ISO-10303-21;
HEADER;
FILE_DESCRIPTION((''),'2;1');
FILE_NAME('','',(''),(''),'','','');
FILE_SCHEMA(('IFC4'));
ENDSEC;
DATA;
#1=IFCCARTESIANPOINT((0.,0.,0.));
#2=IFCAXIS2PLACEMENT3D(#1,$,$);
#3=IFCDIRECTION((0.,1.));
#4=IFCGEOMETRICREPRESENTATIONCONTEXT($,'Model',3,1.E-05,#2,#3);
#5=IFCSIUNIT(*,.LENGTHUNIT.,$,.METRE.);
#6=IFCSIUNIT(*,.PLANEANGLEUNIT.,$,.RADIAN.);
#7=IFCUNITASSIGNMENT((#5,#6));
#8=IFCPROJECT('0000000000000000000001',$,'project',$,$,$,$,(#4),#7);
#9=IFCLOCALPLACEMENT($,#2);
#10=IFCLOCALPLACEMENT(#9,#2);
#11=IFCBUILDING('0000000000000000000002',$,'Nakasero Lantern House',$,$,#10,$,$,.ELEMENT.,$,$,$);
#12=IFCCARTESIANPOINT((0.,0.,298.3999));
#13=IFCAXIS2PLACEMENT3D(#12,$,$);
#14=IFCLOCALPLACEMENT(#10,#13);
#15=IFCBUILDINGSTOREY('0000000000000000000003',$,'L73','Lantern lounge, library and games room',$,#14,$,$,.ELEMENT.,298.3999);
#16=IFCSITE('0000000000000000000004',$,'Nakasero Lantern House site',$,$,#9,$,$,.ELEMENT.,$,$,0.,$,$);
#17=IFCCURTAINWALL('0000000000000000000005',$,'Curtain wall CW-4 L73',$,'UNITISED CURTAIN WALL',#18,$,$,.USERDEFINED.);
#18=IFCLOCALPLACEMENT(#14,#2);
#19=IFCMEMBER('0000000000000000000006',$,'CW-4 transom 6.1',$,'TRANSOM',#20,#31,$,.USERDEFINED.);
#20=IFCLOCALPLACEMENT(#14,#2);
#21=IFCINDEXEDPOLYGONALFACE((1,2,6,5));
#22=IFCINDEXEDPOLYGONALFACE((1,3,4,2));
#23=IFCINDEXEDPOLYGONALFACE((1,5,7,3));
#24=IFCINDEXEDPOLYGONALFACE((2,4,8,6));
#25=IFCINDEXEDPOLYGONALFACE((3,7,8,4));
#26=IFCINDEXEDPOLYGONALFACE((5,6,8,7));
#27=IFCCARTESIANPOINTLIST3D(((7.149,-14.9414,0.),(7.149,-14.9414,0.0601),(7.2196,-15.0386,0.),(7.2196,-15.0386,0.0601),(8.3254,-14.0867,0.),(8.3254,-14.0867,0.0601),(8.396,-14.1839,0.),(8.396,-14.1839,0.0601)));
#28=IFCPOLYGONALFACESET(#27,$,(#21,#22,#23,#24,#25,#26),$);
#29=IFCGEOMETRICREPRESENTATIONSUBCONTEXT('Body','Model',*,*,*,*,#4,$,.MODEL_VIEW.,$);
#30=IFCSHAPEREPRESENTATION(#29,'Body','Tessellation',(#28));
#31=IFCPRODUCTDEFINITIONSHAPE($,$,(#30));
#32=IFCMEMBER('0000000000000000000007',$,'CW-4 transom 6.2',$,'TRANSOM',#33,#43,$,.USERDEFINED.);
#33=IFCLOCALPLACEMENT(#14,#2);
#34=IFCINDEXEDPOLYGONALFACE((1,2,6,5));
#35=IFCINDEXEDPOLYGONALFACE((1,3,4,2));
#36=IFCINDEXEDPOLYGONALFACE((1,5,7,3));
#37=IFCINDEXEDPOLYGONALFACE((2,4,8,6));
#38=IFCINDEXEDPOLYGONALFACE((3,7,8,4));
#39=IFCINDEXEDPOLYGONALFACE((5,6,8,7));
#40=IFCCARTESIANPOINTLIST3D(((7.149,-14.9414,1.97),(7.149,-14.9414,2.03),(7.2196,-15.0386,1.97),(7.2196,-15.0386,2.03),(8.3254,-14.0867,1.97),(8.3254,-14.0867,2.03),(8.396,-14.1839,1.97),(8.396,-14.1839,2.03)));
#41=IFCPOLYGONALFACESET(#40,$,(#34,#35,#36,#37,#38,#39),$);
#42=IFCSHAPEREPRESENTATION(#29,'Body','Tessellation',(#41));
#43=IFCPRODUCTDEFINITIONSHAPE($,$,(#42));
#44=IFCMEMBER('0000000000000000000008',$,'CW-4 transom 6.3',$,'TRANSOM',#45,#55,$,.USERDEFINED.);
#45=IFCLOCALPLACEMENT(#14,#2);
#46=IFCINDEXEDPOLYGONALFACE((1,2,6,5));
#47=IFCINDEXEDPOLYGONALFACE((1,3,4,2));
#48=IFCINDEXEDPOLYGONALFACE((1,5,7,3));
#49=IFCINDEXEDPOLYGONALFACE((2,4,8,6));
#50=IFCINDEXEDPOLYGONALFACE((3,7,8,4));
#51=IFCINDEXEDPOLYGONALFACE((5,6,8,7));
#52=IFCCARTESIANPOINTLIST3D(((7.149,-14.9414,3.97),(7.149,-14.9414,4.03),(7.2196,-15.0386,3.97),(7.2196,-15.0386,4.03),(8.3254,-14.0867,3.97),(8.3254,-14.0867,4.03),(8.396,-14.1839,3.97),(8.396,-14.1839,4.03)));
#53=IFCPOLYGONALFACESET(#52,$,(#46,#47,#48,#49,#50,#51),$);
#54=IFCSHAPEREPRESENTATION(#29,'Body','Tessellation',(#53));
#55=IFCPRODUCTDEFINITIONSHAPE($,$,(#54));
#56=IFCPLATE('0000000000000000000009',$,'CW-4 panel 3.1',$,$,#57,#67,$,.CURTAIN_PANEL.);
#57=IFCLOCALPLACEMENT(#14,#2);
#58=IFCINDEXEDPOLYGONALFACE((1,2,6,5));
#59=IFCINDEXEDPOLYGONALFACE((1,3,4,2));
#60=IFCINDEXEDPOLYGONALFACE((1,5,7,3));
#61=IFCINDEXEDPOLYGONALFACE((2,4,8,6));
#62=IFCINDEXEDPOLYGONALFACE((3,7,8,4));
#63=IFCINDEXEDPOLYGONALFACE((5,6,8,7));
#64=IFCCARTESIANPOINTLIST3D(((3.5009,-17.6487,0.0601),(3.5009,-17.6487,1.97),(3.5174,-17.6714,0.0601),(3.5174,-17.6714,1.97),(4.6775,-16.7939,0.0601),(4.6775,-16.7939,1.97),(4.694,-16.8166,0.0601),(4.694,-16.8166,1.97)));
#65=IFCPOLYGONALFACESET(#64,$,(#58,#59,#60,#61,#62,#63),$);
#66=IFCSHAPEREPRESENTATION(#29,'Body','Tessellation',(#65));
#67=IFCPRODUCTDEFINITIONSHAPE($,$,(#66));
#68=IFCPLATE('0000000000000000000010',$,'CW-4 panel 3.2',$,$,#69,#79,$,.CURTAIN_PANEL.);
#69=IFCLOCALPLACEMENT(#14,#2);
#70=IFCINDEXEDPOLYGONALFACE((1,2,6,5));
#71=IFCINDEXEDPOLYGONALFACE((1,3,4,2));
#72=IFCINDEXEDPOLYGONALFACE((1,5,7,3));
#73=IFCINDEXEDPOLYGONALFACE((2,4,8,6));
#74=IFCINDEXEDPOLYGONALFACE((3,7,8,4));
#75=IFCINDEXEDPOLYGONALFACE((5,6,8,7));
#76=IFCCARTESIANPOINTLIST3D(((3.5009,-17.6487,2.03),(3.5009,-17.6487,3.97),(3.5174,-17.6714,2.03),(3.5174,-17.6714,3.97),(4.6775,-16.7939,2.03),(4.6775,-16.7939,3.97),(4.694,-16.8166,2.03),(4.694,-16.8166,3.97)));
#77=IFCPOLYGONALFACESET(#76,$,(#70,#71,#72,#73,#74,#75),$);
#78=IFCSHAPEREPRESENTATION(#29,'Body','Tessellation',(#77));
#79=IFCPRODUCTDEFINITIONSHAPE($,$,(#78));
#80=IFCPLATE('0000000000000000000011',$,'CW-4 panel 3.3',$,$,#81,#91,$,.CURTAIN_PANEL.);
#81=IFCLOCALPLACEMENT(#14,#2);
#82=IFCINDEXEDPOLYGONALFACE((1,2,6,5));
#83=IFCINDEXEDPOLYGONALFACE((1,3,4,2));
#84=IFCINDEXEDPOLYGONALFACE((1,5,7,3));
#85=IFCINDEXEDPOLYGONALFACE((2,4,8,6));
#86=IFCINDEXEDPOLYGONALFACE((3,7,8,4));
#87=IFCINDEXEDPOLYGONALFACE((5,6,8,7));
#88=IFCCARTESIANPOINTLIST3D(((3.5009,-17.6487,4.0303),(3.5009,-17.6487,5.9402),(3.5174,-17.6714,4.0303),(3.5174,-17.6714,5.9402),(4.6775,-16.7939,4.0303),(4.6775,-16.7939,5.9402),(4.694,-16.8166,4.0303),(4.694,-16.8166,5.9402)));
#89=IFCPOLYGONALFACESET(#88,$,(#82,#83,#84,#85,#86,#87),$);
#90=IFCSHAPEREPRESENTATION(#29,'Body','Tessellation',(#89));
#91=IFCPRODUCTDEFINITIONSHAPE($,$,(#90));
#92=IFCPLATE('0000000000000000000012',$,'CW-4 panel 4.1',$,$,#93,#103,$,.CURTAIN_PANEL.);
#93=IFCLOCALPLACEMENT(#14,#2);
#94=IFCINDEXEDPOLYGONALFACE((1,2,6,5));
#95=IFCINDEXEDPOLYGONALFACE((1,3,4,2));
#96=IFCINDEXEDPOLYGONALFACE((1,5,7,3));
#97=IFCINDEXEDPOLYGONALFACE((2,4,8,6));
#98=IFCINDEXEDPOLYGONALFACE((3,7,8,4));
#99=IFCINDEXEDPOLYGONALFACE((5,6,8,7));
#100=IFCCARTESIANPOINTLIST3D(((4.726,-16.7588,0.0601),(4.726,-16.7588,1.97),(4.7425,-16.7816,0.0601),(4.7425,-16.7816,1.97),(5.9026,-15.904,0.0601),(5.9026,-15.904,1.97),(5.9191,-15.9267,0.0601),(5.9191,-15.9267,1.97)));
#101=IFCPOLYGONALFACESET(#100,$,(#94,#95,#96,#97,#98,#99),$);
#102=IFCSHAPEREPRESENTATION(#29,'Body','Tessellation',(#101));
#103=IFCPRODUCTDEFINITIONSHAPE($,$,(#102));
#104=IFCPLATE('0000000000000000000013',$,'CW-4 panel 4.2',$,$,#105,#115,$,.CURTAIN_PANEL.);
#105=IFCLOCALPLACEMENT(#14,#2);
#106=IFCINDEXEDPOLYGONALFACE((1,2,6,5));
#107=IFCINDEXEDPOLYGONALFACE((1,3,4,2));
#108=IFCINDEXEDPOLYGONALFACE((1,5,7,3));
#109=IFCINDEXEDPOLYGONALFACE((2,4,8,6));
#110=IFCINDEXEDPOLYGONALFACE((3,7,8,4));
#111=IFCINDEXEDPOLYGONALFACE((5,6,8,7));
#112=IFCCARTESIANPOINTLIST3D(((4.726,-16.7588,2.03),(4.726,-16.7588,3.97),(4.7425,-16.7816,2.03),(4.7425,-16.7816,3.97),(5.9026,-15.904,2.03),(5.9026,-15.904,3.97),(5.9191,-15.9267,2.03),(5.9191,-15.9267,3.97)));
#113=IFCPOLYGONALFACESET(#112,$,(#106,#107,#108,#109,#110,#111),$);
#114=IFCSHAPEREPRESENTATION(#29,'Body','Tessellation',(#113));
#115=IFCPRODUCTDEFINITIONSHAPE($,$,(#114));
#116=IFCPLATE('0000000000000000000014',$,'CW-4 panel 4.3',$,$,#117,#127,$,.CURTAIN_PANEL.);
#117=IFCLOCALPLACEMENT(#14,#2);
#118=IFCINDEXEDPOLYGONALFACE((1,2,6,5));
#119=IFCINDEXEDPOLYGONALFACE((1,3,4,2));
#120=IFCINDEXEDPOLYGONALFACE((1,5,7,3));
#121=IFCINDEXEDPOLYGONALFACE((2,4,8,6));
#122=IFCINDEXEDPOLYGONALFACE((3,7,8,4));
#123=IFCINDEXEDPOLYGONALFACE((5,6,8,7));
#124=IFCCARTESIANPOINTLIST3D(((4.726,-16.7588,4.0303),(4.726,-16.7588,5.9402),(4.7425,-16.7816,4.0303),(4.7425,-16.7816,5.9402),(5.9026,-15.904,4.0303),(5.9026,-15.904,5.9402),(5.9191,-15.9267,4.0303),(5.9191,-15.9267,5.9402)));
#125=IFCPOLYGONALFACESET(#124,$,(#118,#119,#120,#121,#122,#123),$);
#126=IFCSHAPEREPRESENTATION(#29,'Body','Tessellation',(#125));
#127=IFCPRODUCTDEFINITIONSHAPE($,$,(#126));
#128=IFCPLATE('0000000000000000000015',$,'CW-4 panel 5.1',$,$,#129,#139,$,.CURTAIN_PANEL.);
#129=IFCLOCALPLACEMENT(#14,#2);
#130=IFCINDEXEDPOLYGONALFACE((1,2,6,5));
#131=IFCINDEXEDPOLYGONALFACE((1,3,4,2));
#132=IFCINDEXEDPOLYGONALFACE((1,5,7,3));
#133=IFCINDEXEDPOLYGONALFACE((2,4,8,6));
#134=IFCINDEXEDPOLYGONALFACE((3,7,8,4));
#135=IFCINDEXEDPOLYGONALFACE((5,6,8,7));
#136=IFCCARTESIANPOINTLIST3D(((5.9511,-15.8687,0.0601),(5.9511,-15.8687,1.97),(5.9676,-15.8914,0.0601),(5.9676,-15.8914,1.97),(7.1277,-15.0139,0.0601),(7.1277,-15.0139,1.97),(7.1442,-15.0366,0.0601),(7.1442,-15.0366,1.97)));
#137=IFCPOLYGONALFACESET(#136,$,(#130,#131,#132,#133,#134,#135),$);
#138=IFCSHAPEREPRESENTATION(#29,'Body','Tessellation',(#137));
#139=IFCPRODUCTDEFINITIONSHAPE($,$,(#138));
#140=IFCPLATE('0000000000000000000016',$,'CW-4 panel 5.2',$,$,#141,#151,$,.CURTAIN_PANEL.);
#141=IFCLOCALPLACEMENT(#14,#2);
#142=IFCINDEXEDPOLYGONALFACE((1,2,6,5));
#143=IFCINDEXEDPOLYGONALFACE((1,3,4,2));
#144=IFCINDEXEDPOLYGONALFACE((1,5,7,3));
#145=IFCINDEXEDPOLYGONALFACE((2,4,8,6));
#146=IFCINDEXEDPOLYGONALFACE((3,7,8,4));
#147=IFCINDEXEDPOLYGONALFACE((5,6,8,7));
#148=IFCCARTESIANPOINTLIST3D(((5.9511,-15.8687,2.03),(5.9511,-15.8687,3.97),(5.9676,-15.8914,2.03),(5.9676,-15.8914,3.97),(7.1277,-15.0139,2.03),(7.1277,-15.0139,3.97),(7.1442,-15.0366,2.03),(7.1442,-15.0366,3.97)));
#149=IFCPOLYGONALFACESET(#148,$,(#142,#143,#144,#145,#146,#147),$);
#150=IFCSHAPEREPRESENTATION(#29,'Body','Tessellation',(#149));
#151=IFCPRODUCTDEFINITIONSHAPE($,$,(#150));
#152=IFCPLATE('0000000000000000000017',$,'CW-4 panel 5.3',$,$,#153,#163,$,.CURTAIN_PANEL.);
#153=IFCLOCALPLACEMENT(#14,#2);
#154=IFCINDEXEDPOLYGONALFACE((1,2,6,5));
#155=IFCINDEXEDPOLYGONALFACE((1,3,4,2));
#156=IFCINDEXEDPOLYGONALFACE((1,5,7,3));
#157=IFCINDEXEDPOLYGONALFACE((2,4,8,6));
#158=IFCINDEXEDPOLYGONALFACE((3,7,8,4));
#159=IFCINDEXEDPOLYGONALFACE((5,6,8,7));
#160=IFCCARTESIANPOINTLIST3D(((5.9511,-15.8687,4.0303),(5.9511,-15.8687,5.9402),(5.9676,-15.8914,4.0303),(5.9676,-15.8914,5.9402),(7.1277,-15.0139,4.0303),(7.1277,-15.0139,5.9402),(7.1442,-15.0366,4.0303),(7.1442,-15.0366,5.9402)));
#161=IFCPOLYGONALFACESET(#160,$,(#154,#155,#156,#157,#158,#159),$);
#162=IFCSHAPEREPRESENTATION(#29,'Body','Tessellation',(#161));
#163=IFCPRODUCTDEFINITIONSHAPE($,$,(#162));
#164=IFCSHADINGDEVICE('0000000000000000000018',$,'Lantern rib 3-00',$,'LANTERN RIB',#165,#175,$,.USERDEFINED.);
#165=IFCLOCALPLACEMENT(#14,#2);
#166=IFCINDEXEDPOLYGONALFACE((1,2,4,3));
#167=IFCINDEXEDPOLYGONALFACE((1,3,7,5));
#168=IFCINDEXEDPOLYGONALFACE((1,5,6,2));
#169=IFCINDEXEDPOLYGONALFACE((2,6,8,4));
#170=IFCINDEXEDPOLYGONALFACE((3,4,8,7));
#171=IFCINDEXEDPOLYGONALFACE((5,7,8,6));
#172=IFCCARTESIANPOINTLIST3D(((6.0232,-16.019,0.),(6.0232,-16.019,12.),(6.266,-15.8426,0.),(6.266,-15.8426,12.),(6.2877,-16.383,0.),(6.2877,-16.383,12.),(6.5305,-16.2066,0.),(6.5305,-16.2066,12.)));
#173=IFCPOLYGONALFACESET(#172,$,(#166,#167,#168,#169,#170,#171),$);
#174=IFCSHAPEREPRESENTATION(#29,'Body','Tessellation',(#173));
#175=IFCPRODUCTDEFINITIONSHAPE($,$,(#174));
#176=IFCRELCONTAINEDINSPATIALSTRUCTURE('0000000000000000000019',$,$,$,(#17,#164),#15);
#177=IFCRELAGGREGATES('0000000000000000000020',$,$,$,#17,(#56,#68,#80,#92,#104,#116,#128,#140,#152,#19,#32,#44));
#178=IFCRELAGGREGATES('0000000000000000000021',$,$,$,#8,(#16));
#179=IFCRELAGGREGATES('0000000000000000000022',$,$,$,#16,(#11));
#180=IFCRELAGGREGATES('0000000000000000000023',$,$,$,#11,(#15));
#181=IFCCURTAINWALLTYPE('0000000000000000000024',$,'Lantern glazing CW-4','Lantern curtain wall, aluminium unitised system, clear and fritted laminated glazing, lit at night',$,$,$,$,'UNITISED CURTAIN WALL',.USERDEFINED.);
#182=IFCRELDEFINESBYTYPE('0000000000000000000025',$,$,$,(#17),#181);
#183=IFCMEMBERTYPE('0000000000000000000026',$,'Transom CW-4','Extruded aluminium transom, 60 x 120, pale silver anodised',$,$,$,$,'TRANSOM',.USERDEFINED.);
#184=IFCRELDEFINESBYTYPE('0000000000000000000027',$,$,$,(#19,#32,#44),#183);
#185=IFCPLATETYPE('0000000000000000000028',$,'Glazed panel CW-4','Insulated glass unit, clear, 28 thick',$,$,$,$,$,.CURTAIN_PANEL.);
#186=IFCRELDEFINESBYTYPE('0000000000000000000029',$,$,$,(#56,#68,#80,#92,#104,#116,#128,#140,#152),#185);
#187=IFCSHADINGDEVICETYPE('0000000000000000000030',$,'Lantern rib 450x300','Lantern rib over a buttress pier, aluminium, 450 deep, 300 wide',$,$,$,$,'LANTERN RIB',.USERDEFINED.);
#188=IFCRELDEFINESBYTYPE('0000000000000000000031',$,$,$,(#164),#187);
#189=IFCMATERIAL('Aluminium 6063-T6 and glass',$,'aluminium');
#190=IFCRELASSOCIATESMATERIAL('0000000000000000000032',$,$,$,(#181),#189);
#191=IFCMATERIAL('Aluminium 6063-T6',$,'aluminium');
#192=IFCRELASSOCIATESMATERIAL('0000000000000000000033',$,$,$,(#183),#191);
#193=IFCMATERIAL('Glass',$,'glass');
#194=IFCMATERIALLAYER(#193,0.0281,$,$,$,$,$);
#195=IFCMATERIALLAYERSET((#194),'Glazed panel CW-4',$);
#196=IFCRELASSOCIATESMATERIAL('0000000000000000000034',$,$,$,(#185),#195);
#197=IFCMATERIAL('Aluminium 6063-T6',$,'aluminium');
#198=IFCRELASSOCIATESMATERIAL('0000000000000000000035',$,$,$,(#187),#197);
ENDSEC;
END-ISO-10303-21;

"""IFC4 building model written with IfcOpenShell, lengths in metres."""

from ifc_helpers import new_model, si_unit, direction, frame, origin, origin_2d, place, context, subcontext, project, spatial, rectangle, extrude, material, layer, layer_set, material_profile, profile_set, type_object, element, aggregate, save


model = new_model("IFC4")

# Units and contexts
model_context = context("Model", 3, precision=1e-05, world=origin(), true_north=direction((0.0, 1.0)))
body_context = subcontext(model_context, "Body", "Model", "MODEL_VIEW")
ifc_project = project(units=[si_unit("LENGTHUNIT", "METRE"), si_unit("PLANEANGLEUNIT", "RADIAN")], contexts=[model_context])

# Site, building, storey
site_placement = place(None, origin())
site = spatial("IfcSite", under=ifc_project, at=site_placement, Name="Nakasero Lantern House site", CompositionType="ELEMENT", RefElevation=0.0)
building_placement = place(site_placement, origin())
building = spatial("IfcBuilding", under=site, at=building_placement, Name="Nakasero Lantern House", CompositionType="ELEMENT")
storey_placement = place(building_placement, frame((0.0, 0.0, 298.3999)))
storey = spatial("IfcBuildingStorey", under=building, at=storey_placement, Name="L73", Description="Lantern lounge, library and games room", CompositionType="ELEMENT", Elevation=298.3999)

# Curtain wall, members, plates
ifc_material_1 = material(Name="Aluminium 6063-T6 and glass", Category="aluminium")
curtain_wall_type = type_object("IfcCurtainWallType", Name="Lantern glazing CW-4", Description="Lantern curtain wall, aluminium unitised system, clear and fritted laminated glazing, lit at night", ElementType="UNITISED CURTAIN WALL", PredefinedType="USERDEFINED", material=ifc_material_1)
curtain_wall_placement = place(storey_placement, origin())
curtain_wall = element("IfcCurtainWall", 1, at=curtain_wall_placement, inside=storey, type_object=curtain_wall_type, Name="Curtain wall CW-4 L73", ObjectType="UNITISED CURTAIN WALL", PredefinedType="USERDEFINED")
ifc_material_2 = material(Name="Aluminium 6063-T6", Category="aluminium")
ifc_material_profile_1 = material_profile(ifc_material_2, rectangle(XDim=0.0601, YDim=0.1201, at=origin_2d()), Name="CW-4 transom 60x120")
ifc_profile_set_1 = profile_set([ifc_material_profile_1], Name="Aluminium 6063-T6")
member_type_1 = type_object("IfcMemberType", Name="Transom CW-4", Description="Extruded aluminium transom, 60 x 120, pale silver anodised", ElementType="TRANSOM", PredefinedType="USERDEFINED", material=ifc_profile_set_1)
member_1_placement = place(storey_placement, frame((7.1843, -14.99, 0.03), z_axis=(0.809034, 0.587762, 0.0), x_axis=(0.0, 0.0, 1.0)))
member_1 = element("IfcMember", 2, at=member_1_placement, type_object=member_type_1, Name="CW-4 transom 6.1", ObjectType="TRANSOM", PredefinedType="USERDEFINED", context=body_context, shape_type="SweptSolid", body=[
    extrude(rectangle(XDim=0.0601, YDim=0.1201, at=origin_2d()), origin(), (0.0, 0.0, 1.0), 1.4541),
])
member_2_placement = place(storey_placement, frame((7.1843, -14.99, 2.0), z_axis=(0.809034, 0.587762, 0.0), x_axis=(0.0, 0.0, 1.0)))
member_2 = element("IfcMember", 3, at=member_2_placement, type_object=member_type_1, Name="CW-4 transom 6.2", ObjectType="TRANSOM", PredefinedType="USERDEFINED", context=body_context, shape_type="SweptSolid", body=[
    extrude(rectangle(XDim=0.0601, YDim=0.1201, at=origin_2d()), origin(), (0.0, 0.0, 1.0), 1.4541),
])
member_3_placement = place(storey_placement, frame((7.1843, -14.99, 4.0), z_axis=(0.809034, 0.587762, 0.0), x_axis=(0.0, 0.0, 1.0)))
member_3 = element("IfcMember", 4, at=member_3_placement, type_object=member_type_1, Name="CW-4 transom 6.3", ObjectType="TRANSOM", PredefinedType="USERDEFINED", context=body_context, shape_type="SweptSolid", body=[
    extrude(rectangle(XDim=0.0601, YDim=0.1201, at=origin_2d()), origin(), (0.0, 0.0, 1.0), 1.4541),
])
ifc_material_3 = material(Name="Glass", Category="glass")
ifc_layer = layer(ifc_material_3, 0.0281)
ifc_layer_set = layer_set([ifc_layer], Name="Glazed panel CW-4")
plate_type = type_object("IfcPlateType", Name="Glazed panel CW-4", Description="Insulated glass unit, clear, 28 thick", PredefinedType="CURTAIN_PANEL", material=ifc_layer_set)
plate_1_placement = place(storey_placement, frame((4.0974, -17.2327, 0.0601), z_axis=(0.0, 0.0, 1.0), x_axis=(0.809017, 0.587785, 0.0)))
plate_1 = element("IfcPlate", 5, at=plate_1_placement, type_object=plate_type, Name="CW-4 panel 3.1", PredefinedType="CURTAIN_PANEL", context=body_context, shape_type="SweptSolid", body=[
    extrude(rectangle(XDim=1.4543, YDim=0.0281, at=origin_2d()), origin(), (0.0, 0.0, 1.0), 1.9099),
])
plate_2_placement = place(storey_placement, frame((4.0974, -17.2327, 2.03), z_axis=(0.0, 0.0, 1.0), x_axis=(0.809017, 0.587785, 0.0)))
plate_2 = element("IfcPlate", 6, at=plate_2_placement, type_object=plate_type, Name="CW-4 panel 3.2", PredefinedType="CURTAIN_PANEL", context=body_context, shape_type="SweptSolid", body=[
    extrude(rectangle(XDim=1.4543, YDim=0.0281, at=origin_2d()), origin(), (0.0, 0.0, 1.0), 1.9399),
])
plate_3_placement = place(storey_placement, frame((4.0974, -17.2327, 4.0303), z_axis=(0.0, 0.0, 1.0), x_axis=(0.809017, 0.587785, 0.0)))
plate_3 = element("IfcPlate", 7, at=plate_3_placement, type_object=plate_type, Name="CW-4 panel 3.3", PredefinedType="CURTAIN_PANEL", context=body_context, shape_type="SweptSolid", body=[
    extrude(rectangle(XDim=1.4543, YDim=0.0281, at=origin_2d()), origin(), (0.0, 0.0, 1.0), 1.9099),
])
plate_4_placement = place(storey_placement, frame((5.3225, -16.3428, 0.0601), z_axis=(0.0, 0.0, 1.0), x_axis=(0.809017, 0.587785, 0.0)))
plate_4 = element("IfcPlate", 8, at=plate_4_placement, type_object=plate_type, Name="CW-4 panel 4.1", PredefinedType="CURTAIN_PANEL", context=body_context, shape_type="SweptSolid", body=[
    extrude(rectangle(XDim=1.4543, YDim=0.0281, at=origin_2d()), origin(), (0.0, 0.0, 1.0), 1.9099),
])
plate_5_placement = place(storey_placement, frame((5.3225, -16.3428, 2.03), z_axis=(0.0, 0.0, 1.0), x_axis=(0.809017, 0.587785, 0.0)))
plate_5 = element("IfcPlate", 9, at=plate_5_placement, type_object=plate_type, Name="CW-4 panel 4.2", PredefinedType="CURTAIN_PANEL", context=body_context, shape_type="SweptSolid", body=[
    extrude(rectangle(XDim=1.4543, YDim=0.0281, at=origin_2d()), origin(), (0.0, 0.0, 1.0), 1.9399),
])
plate_6_placement = place(storey_placement, frame((5.3225, -16.3428, 4.0303), z_axis=(0.0, 0.0, 1.0), x_axis=(0.809017, 0.587785, 0.0)))
plate_6 = element("IfcPlate", 10, at=plate_6_placement, type_object=plate_type, Name="CW-4 panel 4.3", PredefinedType="CURTAIN_PANEL", context=body_context, shape_type="SweptSolid", body=[
    extrude(rectangle(XDim=1.4543, YDim=0.0281, at=origin_2d()), origin(), (0.0, 0.0, 1.0), 1.9099),
])
plate_7_placement = place(storey_placement, frame((6.5476, -15.4526, 0.0601), z_axis=(0.0, 0.0, 1.0), x_axis=(0.809017, 0.587785, 0.0)))
plate_7 = element("IfcPlate", 11, at=plate_7_placement, type_object=plate_type, Name="CW-4 panel 5.1", PredefinedType="CURTAIN_PANEL", context=body_context, shape_type="SweptSolid", body=[
    extrude(rectangle(XDim=1.4543, YDim=0.0281, at=origin_2d()), origin(), (0.0, 0.0, 1.0), 1.9099),
])
plate_8_placement = place(storey_placement, frame((6.5476, -15.4526, 2.03), z_axis=(0.0, 0.0, 1.0), x_axis=(0.809017, 0.587785, 0.0)))
plate_8 = element("IfcPlate", 12, at=plate_8_placement, type_object=plate_type, Name="CW-4 panel 5.2", PredefinedType="CURTAIN_PANEL", context=body_context, shape_type="SweptSolid", body=[
    extrude(rectangle(XDim=1.4543, YDim=0.0281, at=origin_2d()), origin(), (0.0, 0.0, 1.0), 1.9399),
])
plate_9_placement = place(storey_placement, frame((6.5476, -15.4526, 4.0303), z_axis=(0.0, 0.0, 1.0), x_axis=(0.809017, 0.587785, 0.0)))
plate_9 = element("IfcPlate", 13, at=plate_9_placement, type_object=plate_type, Name="CW-4 panel 5.3", PredefinedType="CURTAIN_PANEL", context=body_context, shape_type="SweptSolid", body=[
    extrude(rectangle(XDim=1.4543, YDim=0.0281, at=origin_2d()), origin(), (0.0, 0.0, 1.0), 1.9099),
])
aggregate(curtain_wall, [plate_1, plate_2, plate_3, plate_4, plate_5, plate_6, plate_7, plate_8, plate_9, member_1, member_2, member_3])

# Shading device
ifc_material_4 = material(Name="Aluminium 6063-T6", Category="aluminium")
shading_device_type = type_object("IfcShadingDeviceType", Name="Lantern rib 450x300", Description="Lantern rib over a buttress pier, aluminium, 450 deep, 300 wide", ElementType="LANTERN RIB", PredefinedType="USERDEFINED", material=ifc_material_4)
shading_device_placement = place(storey_placement, frame((6.2769, -16.1128, 0.0), z_axis=(0.0, 0.0, 1.0), x_axis=(0.587785, -0.809017, 0.0)))
element("IfcShadingDevice", 14, at=shading_device_placement, inside=storey, type_object=shading_device_type, Name="Lantern rib 3-00", ObjectType="LANTERN RIB", PredefinedType="USERDEFINED", context=body_context, shape_type="SweptSolid", body=[
    extrude(rectangle(XDim=0.45, YDim=0.3, at=origin_2d()), origin(), (0.0, 0.0, 1.0), 12.0),
])

save(model, "model.ifc")
